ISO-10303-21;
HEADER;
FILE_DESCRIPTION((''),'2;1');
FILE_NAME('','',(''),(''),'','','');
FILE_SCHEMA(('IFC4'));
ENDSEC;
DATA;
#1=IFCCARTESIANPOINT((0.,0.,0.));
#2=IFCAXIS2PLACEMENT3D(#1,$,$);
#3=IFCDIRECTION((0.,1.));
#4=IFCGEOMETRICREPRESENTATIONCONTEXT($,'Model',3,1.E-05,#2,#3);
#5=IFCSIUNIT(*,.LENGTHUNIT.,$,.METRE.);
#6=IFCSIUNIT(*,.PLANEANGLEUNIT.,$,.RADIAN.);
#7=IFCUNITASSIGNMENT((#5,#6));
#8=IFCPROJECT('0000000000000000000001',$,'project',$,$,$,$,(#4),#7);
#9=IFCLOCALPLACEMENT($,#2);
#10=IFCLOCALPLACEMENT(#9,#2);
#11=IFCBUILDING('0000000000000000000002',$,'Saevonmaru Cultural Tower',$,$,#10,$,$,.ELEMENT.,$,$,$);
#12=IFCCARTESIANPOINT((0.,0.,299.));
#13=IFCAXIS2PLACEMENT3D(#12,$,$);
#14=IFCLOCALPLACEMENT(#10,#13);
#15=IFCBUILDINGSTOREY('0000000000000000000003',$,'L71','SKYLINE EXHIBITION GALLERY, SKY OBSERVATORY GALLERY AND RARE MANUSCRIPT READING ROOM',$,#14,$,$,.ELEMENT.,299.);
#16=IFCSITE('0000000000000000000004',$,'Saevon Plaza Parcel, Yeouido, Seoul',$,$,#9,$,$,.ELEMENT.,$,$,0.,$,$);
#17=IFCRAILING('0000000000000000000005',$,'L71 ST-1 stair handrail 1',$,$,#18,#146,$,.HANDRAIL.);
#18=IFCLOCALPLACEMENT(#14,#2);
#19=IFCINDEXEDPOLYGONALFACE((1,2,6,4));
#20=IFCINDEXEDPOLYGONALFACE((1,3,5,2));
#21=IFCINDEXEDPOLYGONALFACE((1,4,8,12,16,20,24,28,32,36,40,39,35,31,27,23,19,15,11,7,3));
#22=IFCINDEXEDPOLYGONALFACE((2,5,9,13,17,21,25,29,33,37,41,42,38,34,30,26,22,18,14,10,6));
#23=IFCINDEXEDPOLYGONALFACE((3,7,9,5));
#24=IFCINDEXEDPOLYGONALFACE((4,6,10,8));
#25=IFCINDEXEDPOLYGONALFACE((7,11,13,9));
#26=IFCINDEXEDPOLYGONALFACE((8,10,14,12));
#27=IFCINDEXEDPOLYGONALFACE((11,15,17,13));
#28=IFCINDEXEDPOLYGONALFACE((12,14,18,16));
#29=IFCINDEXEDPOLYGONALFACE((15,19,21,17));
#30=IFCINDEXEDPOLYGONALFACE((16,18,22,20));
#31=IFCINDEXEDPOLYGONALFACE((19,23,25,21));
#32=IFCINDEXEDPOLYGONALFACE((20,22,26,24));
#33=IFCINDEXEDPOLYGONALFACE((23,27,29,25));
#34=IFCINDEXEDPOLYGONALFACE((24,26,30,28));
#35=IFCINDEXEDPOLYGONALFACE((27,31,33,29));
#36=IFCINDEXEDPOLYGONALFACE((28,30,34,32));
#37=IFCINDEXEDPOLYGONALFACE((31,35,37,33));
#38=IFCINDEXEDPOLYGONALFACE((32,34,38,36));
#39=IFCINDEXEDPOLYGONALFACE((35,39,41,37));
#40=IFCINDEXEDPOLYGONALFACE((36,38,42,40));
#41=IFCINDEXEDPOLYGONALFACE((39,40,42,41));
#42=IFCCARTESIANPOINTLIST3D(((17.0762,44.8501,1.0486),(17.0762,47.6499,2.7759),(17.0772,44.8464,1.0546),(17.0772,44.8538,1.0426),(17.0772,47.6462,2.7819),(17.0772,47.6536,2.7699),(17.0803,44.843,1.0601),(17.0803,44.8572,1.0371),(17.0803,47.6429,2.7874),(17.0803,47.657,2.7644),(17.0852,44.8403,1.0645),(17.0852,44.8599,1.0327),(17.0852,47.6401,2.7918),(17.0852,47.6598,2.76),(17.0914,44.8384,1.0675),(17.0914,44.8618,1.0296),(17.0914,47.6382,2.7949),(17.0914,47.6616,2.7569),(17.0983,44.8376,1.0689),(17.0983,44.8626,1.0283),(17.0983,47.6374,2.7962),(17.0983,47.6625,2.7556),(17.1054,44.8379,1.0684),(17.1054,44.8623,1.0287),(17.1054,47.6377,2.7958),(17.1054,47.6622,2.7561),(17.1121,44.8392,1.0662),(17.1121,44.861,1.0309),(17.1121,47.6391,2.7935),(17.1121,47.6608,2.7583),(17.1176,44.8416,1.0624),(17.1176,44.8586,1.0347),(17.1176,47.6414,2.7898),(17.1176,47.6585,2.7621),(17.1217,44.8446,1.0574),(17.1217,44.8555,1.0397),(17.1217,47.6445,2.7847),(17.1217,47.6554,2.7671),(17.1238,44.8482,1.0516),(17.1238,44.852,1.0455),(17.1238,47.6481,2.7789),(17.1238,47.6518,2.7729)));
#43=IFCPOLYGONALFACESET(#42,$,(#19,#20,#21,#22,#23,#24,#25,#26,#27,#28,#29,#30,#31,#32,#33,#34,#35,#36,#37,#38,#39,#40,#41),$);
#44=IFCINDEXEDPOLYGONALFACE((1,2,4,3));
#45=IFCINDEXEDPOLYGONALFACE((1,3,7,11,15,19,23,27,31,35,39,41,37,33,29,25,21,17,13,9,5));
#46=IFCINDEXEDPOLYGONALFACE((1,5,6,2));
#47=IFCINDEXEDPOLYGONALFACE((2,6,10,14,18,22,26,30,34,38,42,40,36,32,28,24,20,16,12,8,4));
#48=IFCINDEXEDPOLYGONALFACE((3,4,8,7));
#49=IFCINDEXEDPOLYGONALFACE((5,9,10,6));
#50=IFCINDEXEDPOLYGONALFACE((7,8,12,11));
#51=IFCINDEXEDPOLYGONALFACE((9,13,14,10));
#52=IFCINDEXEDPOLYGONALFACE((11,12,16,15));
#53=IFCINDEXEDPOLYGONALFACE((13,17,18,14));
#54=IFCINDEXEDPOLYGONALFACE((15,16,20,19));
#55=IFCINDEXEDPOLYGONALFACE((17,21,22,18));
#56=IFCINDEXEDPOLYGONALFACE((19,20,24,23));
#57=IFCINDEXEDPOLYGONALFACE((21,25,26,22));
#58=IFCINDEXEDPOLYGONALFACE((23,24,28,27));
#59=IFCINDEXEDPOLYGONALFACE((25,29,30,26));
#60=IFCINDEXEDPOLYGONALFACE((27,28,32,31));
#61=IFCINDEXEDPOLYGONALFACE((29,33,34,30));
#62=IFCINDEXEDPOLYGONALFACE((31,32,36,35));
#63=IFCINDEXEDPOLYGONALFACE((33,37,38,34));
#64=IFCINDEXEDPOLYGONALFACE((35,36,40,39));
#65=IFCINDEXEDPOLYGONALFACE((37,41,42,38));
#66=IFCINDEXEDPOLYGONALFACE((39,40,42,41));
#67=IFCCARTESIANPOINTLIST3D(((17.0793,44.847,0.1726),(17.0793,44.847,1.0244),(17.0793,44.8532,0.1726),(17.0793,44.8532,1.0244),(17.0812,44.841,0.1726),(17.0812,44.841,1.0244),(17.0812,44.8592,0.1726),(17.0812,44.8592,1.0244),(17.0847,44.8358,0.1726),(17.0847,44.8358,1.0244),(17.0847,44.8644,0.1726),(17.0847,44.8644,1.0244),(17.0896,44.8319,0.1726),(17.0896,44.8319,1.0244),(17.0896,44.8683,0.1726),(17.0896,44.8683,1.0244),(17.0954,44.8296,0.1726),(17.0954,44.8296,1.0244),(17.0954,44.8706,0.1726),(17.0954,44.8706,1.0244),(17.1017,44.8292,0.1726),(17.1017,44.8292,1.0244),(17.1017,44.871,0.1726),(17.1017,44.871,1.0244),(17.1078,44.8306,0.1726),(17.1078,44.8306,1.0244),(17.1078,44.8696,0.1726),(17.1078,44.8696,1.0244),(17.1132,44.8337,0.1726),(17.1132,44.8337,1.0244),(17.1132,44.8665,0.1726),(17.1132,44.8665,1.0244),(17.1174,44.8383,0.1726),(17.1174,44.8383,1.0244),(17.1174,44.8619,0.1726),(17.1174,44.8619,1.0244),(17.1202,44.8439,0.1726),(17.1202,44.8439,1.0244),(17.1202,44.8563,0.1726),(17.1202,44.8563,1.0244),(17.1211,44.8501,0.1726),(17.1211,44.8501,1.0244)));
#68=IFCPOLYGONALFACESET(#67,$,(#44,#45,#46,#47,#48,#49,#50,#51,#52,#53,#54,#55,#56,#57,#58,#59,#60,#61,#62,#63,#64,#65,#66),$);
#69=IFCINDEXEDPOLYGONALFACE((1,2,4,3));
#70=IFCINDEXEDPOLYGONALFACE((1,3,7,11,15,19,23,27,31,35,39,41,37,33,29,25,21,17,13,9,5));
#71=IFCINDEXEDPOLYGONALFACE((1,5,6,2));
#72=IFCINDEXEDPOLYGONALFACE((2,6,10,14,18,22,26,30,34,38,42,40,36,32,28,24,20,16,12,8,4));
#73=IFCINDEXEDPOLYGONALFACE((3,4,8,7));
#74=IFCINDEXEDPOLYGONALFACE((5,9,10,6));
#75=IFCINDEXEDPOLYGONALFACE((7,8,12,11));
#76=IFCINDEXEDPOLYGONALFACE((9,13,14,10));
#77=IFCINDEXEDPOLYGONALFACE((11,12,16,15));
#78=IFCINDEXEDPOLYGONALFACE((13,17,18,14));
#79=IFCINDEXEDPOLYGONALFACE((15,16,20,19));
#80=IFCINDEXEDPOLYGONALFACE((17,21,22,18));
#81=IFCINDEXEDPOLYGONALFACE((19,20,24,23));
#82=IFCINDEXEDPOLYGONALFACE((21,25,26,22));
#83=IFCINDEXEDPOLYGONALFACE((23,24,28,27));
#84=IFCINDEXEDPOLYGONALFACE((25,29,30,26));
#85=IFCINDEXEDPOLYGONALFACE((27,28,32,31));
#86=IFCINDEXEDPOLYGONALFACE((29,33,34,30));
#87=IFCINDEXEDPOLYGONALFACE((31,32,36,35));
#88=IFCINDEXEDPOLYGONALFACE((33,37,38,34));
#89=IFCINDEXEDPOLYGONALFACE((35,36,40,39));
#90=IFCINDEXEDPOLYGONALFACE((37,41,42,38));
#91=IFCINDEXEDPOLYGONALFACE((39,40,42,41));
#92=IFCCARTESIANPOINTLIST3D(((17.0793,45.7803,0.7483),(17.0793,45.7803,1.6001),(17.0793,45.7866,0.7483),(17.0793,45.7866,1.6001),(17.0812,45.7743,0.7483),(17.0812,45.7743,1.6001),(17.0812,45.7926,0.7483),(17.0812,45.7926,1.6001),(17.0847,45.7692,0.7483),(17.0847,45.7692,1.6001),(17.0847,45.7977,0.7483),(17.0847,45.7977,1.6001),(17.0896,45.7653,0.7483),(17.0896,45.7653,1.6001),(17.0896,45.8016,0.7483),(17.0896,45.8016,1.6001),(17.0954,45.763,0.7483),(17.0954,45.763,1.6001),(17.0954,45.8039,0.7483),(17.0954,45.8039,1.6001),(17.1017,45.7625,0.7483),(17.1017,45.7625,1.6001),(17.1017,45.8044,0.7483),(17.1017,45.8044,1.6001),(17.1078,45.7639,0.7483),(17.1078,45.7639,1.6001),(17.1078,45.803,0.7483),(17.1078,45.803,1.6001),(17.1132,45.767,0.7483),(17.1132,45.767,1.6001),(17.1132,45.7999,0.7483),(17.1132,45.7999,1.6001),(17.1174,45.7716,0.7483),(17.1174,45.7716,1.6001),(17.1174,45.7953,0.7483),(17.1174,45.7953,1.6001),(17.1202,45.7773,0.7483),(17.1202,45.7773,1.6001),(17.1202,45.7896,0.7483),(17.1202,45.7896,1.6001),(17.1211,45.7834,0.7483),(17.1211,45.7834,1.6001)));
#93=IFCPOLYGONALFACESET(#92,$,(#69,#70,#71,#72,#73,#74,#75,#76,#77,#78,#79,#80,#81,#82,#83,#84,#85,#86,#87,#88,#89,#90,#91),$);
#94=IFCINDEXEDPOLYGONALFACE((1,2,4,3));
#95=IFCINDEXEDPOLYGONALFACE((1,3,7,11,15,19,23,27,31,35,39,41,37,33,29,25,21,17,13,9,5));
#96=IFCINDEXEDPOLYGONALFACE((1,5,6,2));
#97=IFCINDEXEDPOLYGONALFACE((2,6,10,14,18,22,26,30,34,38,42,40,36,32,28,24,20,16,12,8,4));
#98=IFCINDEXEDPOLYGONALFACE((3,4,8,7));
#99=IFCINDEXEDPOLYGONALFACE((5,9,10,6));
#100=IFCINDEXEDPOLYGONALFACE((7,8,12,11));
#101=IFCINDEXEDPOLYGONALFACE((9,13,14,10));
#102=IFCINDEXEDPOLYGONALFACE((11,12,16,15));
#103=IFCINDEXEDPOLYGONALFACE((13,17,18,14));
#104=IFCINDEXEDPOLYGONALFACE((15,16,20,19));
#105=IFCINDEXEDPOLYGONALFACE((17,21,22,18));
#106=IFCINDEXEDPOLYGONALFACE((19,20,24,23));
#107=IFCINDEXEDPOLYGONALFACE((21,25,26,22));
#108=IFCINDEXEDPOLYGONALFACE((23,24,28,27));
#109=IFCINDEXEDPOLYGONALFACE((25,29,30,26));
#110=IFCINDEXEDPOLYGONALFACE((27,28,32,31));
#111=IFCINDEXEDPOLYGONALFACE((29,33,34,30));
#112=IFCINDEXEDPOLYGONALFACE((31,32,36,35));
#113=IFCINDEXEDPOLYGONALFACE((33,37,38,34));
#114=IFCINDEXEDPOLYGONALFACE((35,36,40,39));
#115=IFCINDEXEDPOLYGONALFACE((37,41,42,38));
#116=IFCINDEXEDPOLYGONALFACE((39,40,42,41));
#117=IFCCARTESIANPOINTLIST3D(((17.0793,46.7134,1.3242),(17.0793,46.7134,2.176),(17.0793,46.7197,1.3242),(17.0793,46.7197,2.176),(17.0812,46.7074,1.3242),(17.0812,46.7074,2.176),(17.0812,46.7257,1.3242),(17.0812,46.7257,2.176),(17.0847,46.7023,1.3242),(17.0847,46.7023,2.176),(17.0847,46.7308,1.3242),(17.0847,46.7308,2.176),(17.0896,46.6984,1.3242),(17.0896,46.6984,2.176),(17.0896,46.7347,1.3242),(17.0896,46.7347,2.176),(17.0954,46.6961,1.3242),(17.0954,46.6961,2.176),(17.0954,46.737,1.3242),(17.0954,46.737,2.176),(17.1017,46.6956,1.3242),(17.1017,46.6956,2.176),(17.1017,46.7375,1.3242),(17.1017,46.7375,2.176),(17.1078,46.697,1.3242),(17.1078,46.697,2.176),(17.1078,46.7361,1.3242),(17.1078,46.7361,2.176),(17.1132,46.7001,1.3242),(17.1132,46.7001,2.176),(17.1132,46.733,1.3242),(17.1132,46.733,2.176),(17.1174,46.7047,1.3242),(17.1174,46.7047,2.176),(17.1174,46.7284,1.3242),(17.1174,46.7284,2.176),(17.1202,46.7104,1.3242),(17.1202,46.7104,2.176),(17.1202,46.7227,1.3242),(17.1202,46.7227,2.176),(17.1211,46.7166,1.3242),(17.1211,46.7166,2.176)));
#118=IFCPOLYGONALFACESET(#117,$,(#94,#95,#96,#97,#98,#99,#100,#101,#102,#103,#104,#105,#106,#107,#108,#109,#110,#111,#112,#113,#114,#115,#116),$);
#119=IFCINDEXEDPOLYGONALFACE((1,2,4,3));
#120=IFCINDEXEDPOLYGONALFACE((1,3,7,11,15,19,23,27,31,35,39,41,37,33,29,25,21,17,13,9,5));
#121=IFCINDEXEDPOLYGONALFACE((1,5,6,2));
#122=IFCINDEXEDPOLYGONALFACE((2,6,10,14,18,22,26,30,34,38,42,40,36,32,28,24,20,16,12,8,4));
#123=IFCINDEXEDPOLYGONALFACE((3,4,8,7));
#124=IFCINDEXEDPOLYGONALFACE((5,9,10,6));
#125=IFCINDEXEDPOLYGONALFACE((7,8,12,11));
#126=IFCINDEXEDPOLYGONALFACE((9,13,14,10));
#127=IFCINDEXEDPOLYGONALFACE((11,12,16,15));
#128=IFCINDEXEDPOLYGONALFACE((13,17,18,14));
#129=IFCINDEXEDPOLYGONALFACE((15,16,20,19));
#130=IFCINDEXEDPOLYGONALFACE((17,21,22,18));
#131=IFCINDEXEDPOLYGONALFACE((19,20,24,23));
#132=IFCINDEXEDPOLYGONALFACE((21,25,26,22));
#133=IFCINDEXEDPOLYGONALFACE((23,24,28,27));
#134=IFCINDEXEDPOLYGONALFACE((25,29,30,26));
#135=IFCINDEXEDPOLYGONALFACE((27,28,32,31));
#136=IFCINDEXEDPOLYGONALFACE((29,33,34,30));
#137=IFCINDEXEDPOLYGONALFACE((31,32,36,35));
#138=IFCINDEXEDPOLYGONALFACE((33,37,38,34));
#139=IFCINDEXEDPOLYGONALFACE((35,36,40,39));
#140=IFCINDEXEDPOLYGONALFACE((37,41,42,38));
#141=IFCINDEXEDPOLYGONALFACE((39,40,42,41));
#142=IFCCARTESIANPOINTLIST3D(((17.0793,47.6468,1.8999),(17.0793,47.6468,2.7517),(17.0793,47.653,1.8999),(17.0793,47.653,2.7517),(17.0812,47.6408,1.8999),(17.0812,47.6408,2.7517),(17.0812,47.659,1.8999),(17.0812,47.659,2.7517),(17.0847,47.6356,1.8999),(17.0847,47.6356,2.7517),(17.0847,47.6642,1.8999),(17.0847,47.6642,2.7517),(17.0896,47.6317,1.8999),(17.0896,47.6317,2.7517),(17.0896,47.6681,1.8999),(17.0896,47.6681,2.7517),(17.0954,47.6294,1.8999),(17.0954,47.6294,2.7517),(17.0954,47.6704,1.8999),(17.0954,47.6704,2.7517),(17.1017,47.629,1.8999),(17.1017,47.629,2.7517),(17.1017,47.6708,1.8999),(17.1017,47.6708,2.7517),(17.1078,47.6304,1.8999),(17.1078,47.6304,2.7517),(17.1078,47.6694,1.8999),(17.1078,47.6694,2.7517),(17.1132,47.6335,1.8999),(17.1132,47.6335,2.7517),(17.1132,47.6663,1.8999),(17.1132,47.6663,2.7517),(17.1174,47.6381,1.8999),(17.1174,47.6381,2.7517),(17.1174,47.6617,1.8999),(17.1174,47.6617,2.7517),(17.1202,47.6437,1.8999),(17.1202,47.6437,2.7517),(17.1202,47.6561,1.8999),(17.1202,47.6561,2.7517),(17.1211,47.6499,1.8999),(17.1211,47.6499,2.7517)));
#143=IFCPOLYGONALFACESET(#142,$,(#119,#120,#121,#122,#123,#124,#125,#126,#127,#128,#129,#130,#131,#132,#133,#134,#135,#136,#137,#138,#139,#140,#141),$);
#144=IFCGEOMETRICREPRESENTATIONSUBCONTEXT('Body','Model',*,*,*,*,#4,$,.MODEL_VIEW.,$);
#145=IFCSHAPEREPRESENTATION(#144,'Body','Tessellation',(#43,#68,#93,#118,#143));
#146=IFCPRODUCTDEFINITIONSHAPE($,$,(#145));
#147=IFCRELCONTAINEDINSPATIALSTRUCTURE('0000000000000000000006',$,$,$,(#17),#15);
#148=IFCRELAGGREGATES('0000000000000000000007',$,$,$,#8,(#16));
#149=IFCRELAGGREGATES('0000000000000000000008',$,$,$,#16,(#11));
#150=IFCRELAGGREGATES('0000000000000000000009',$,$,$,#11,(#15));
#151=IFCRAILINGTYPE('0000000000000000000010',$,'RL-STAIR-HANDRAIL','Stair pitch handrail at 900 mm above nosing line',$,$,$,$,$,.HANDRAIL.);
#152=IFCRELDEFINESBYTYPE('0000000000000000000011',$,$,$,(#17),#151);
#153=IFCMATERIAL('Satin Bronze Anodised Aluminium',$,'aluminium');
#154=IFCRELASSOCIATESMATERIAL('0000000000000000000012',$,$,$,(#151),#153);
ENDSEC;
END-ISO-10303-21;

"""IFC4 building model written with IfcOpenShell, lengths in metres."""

from ifc_helpers import new_model, si_unit, direction, frame, origin, origin_2d, place, context, subcontext, project, spatial, circle, extrude, material, type_object, element, save


model = new_model("IFC4")

# Units and contexts
model_context = context("Model", 3, precision=1e-05, world=origin(), true_north=direction((0.0, 1.0)))
body_context = subcontext(model_context, "Body", "Model", "MODEL_VIEW")
ifc_project = project(units=[si_unit("LENGTHUNIT", "METRE"), si_unit("PLANEANGLEUNIT", "RADIAN")], contexts=[model_context])

# Site, building, storey
site_placement = place(None, origin())
site = spatial("IfcSite", under=ifc_project, at=site_placement, Name="Saevon Plaza Parcel, Yeouido, Seoul", CompositionType="ELEMENT", RefElevation=0.0)
building_placement = place(site_placement, origin())
building = spatial("IfcBuilding", under=site, at=building_placement, Name="Saevonmaru Cultural Tower", CompositionType="ELEMENT")
storey_placement = place(building_placement, frame((0.0, 0.0, 299.0)))
storey = spatial("IfcBuildingStorey", under=building, at=storey_placement, Name="L71", Description="SKYLINE EXHIBITION GALLERY, SKY OBSERVATORY GALLERY AND RARE MANUSCRIPT READING ROOM", CompositionType="ELEMENT", Elevation=299.0)

# Shared definitions
ifc_material_1 = material(Name="Satin Bronze Anodised Aluminium", Category="aluminium")

# Railing
railing_type_1 = type_object("IfcRailingType", Name="RL-STAIR-HANDRAIL", Description="Stair pitch handrail at 900 mm above nosing line", PredefinedType="HANDRAIL", material=ifc_material_1)
railing_1_placement = place(storey_placement, frame((17.1001, 44.8501, 0.1726)))
element("IfcRailing", 1, at=railing_1_placement, inside=storey, type_object=railing_type_1, Name="L71 ST-1 stair handrail 1", PredefinedType="HANDRAIL", context=body_context, shape_type="SweptSolid", body=[
    extrude(circle(Radius=0.0239, at=origin_2d()), frame((0.0, 0.0, 0.876), z_axis=(0.0, 0.851069, 0.525054), x_axis=(-1.0, 0.0, 0.0)), (0.0, 0.0, 1.0), 3.2898),
    extrude(circle(Radius=0.021, at=origin_2d()), origin(), (0.0, 0.0, 1.0), 0.8518),
    extrude(circle(Radius=0.021, at=origin_2d()), frame((0.0, 0.9333, 0.5757)), (0.0, 0.0, 1.0), 0.8518),
    extrude(circle(Radius=0.021, at=origin_2d()), frame((0.0, 1.8665, 1.1516)), (0.0, 0.0, 1.0), 0.8518),
    extrude(circle(Radius=0.021, at=origin_2d()), frame((0.0, 2.7998, 1.7273)), (0.0, 0.0, 1.0), 0.8518),
])

save(model, "model.ifc")
